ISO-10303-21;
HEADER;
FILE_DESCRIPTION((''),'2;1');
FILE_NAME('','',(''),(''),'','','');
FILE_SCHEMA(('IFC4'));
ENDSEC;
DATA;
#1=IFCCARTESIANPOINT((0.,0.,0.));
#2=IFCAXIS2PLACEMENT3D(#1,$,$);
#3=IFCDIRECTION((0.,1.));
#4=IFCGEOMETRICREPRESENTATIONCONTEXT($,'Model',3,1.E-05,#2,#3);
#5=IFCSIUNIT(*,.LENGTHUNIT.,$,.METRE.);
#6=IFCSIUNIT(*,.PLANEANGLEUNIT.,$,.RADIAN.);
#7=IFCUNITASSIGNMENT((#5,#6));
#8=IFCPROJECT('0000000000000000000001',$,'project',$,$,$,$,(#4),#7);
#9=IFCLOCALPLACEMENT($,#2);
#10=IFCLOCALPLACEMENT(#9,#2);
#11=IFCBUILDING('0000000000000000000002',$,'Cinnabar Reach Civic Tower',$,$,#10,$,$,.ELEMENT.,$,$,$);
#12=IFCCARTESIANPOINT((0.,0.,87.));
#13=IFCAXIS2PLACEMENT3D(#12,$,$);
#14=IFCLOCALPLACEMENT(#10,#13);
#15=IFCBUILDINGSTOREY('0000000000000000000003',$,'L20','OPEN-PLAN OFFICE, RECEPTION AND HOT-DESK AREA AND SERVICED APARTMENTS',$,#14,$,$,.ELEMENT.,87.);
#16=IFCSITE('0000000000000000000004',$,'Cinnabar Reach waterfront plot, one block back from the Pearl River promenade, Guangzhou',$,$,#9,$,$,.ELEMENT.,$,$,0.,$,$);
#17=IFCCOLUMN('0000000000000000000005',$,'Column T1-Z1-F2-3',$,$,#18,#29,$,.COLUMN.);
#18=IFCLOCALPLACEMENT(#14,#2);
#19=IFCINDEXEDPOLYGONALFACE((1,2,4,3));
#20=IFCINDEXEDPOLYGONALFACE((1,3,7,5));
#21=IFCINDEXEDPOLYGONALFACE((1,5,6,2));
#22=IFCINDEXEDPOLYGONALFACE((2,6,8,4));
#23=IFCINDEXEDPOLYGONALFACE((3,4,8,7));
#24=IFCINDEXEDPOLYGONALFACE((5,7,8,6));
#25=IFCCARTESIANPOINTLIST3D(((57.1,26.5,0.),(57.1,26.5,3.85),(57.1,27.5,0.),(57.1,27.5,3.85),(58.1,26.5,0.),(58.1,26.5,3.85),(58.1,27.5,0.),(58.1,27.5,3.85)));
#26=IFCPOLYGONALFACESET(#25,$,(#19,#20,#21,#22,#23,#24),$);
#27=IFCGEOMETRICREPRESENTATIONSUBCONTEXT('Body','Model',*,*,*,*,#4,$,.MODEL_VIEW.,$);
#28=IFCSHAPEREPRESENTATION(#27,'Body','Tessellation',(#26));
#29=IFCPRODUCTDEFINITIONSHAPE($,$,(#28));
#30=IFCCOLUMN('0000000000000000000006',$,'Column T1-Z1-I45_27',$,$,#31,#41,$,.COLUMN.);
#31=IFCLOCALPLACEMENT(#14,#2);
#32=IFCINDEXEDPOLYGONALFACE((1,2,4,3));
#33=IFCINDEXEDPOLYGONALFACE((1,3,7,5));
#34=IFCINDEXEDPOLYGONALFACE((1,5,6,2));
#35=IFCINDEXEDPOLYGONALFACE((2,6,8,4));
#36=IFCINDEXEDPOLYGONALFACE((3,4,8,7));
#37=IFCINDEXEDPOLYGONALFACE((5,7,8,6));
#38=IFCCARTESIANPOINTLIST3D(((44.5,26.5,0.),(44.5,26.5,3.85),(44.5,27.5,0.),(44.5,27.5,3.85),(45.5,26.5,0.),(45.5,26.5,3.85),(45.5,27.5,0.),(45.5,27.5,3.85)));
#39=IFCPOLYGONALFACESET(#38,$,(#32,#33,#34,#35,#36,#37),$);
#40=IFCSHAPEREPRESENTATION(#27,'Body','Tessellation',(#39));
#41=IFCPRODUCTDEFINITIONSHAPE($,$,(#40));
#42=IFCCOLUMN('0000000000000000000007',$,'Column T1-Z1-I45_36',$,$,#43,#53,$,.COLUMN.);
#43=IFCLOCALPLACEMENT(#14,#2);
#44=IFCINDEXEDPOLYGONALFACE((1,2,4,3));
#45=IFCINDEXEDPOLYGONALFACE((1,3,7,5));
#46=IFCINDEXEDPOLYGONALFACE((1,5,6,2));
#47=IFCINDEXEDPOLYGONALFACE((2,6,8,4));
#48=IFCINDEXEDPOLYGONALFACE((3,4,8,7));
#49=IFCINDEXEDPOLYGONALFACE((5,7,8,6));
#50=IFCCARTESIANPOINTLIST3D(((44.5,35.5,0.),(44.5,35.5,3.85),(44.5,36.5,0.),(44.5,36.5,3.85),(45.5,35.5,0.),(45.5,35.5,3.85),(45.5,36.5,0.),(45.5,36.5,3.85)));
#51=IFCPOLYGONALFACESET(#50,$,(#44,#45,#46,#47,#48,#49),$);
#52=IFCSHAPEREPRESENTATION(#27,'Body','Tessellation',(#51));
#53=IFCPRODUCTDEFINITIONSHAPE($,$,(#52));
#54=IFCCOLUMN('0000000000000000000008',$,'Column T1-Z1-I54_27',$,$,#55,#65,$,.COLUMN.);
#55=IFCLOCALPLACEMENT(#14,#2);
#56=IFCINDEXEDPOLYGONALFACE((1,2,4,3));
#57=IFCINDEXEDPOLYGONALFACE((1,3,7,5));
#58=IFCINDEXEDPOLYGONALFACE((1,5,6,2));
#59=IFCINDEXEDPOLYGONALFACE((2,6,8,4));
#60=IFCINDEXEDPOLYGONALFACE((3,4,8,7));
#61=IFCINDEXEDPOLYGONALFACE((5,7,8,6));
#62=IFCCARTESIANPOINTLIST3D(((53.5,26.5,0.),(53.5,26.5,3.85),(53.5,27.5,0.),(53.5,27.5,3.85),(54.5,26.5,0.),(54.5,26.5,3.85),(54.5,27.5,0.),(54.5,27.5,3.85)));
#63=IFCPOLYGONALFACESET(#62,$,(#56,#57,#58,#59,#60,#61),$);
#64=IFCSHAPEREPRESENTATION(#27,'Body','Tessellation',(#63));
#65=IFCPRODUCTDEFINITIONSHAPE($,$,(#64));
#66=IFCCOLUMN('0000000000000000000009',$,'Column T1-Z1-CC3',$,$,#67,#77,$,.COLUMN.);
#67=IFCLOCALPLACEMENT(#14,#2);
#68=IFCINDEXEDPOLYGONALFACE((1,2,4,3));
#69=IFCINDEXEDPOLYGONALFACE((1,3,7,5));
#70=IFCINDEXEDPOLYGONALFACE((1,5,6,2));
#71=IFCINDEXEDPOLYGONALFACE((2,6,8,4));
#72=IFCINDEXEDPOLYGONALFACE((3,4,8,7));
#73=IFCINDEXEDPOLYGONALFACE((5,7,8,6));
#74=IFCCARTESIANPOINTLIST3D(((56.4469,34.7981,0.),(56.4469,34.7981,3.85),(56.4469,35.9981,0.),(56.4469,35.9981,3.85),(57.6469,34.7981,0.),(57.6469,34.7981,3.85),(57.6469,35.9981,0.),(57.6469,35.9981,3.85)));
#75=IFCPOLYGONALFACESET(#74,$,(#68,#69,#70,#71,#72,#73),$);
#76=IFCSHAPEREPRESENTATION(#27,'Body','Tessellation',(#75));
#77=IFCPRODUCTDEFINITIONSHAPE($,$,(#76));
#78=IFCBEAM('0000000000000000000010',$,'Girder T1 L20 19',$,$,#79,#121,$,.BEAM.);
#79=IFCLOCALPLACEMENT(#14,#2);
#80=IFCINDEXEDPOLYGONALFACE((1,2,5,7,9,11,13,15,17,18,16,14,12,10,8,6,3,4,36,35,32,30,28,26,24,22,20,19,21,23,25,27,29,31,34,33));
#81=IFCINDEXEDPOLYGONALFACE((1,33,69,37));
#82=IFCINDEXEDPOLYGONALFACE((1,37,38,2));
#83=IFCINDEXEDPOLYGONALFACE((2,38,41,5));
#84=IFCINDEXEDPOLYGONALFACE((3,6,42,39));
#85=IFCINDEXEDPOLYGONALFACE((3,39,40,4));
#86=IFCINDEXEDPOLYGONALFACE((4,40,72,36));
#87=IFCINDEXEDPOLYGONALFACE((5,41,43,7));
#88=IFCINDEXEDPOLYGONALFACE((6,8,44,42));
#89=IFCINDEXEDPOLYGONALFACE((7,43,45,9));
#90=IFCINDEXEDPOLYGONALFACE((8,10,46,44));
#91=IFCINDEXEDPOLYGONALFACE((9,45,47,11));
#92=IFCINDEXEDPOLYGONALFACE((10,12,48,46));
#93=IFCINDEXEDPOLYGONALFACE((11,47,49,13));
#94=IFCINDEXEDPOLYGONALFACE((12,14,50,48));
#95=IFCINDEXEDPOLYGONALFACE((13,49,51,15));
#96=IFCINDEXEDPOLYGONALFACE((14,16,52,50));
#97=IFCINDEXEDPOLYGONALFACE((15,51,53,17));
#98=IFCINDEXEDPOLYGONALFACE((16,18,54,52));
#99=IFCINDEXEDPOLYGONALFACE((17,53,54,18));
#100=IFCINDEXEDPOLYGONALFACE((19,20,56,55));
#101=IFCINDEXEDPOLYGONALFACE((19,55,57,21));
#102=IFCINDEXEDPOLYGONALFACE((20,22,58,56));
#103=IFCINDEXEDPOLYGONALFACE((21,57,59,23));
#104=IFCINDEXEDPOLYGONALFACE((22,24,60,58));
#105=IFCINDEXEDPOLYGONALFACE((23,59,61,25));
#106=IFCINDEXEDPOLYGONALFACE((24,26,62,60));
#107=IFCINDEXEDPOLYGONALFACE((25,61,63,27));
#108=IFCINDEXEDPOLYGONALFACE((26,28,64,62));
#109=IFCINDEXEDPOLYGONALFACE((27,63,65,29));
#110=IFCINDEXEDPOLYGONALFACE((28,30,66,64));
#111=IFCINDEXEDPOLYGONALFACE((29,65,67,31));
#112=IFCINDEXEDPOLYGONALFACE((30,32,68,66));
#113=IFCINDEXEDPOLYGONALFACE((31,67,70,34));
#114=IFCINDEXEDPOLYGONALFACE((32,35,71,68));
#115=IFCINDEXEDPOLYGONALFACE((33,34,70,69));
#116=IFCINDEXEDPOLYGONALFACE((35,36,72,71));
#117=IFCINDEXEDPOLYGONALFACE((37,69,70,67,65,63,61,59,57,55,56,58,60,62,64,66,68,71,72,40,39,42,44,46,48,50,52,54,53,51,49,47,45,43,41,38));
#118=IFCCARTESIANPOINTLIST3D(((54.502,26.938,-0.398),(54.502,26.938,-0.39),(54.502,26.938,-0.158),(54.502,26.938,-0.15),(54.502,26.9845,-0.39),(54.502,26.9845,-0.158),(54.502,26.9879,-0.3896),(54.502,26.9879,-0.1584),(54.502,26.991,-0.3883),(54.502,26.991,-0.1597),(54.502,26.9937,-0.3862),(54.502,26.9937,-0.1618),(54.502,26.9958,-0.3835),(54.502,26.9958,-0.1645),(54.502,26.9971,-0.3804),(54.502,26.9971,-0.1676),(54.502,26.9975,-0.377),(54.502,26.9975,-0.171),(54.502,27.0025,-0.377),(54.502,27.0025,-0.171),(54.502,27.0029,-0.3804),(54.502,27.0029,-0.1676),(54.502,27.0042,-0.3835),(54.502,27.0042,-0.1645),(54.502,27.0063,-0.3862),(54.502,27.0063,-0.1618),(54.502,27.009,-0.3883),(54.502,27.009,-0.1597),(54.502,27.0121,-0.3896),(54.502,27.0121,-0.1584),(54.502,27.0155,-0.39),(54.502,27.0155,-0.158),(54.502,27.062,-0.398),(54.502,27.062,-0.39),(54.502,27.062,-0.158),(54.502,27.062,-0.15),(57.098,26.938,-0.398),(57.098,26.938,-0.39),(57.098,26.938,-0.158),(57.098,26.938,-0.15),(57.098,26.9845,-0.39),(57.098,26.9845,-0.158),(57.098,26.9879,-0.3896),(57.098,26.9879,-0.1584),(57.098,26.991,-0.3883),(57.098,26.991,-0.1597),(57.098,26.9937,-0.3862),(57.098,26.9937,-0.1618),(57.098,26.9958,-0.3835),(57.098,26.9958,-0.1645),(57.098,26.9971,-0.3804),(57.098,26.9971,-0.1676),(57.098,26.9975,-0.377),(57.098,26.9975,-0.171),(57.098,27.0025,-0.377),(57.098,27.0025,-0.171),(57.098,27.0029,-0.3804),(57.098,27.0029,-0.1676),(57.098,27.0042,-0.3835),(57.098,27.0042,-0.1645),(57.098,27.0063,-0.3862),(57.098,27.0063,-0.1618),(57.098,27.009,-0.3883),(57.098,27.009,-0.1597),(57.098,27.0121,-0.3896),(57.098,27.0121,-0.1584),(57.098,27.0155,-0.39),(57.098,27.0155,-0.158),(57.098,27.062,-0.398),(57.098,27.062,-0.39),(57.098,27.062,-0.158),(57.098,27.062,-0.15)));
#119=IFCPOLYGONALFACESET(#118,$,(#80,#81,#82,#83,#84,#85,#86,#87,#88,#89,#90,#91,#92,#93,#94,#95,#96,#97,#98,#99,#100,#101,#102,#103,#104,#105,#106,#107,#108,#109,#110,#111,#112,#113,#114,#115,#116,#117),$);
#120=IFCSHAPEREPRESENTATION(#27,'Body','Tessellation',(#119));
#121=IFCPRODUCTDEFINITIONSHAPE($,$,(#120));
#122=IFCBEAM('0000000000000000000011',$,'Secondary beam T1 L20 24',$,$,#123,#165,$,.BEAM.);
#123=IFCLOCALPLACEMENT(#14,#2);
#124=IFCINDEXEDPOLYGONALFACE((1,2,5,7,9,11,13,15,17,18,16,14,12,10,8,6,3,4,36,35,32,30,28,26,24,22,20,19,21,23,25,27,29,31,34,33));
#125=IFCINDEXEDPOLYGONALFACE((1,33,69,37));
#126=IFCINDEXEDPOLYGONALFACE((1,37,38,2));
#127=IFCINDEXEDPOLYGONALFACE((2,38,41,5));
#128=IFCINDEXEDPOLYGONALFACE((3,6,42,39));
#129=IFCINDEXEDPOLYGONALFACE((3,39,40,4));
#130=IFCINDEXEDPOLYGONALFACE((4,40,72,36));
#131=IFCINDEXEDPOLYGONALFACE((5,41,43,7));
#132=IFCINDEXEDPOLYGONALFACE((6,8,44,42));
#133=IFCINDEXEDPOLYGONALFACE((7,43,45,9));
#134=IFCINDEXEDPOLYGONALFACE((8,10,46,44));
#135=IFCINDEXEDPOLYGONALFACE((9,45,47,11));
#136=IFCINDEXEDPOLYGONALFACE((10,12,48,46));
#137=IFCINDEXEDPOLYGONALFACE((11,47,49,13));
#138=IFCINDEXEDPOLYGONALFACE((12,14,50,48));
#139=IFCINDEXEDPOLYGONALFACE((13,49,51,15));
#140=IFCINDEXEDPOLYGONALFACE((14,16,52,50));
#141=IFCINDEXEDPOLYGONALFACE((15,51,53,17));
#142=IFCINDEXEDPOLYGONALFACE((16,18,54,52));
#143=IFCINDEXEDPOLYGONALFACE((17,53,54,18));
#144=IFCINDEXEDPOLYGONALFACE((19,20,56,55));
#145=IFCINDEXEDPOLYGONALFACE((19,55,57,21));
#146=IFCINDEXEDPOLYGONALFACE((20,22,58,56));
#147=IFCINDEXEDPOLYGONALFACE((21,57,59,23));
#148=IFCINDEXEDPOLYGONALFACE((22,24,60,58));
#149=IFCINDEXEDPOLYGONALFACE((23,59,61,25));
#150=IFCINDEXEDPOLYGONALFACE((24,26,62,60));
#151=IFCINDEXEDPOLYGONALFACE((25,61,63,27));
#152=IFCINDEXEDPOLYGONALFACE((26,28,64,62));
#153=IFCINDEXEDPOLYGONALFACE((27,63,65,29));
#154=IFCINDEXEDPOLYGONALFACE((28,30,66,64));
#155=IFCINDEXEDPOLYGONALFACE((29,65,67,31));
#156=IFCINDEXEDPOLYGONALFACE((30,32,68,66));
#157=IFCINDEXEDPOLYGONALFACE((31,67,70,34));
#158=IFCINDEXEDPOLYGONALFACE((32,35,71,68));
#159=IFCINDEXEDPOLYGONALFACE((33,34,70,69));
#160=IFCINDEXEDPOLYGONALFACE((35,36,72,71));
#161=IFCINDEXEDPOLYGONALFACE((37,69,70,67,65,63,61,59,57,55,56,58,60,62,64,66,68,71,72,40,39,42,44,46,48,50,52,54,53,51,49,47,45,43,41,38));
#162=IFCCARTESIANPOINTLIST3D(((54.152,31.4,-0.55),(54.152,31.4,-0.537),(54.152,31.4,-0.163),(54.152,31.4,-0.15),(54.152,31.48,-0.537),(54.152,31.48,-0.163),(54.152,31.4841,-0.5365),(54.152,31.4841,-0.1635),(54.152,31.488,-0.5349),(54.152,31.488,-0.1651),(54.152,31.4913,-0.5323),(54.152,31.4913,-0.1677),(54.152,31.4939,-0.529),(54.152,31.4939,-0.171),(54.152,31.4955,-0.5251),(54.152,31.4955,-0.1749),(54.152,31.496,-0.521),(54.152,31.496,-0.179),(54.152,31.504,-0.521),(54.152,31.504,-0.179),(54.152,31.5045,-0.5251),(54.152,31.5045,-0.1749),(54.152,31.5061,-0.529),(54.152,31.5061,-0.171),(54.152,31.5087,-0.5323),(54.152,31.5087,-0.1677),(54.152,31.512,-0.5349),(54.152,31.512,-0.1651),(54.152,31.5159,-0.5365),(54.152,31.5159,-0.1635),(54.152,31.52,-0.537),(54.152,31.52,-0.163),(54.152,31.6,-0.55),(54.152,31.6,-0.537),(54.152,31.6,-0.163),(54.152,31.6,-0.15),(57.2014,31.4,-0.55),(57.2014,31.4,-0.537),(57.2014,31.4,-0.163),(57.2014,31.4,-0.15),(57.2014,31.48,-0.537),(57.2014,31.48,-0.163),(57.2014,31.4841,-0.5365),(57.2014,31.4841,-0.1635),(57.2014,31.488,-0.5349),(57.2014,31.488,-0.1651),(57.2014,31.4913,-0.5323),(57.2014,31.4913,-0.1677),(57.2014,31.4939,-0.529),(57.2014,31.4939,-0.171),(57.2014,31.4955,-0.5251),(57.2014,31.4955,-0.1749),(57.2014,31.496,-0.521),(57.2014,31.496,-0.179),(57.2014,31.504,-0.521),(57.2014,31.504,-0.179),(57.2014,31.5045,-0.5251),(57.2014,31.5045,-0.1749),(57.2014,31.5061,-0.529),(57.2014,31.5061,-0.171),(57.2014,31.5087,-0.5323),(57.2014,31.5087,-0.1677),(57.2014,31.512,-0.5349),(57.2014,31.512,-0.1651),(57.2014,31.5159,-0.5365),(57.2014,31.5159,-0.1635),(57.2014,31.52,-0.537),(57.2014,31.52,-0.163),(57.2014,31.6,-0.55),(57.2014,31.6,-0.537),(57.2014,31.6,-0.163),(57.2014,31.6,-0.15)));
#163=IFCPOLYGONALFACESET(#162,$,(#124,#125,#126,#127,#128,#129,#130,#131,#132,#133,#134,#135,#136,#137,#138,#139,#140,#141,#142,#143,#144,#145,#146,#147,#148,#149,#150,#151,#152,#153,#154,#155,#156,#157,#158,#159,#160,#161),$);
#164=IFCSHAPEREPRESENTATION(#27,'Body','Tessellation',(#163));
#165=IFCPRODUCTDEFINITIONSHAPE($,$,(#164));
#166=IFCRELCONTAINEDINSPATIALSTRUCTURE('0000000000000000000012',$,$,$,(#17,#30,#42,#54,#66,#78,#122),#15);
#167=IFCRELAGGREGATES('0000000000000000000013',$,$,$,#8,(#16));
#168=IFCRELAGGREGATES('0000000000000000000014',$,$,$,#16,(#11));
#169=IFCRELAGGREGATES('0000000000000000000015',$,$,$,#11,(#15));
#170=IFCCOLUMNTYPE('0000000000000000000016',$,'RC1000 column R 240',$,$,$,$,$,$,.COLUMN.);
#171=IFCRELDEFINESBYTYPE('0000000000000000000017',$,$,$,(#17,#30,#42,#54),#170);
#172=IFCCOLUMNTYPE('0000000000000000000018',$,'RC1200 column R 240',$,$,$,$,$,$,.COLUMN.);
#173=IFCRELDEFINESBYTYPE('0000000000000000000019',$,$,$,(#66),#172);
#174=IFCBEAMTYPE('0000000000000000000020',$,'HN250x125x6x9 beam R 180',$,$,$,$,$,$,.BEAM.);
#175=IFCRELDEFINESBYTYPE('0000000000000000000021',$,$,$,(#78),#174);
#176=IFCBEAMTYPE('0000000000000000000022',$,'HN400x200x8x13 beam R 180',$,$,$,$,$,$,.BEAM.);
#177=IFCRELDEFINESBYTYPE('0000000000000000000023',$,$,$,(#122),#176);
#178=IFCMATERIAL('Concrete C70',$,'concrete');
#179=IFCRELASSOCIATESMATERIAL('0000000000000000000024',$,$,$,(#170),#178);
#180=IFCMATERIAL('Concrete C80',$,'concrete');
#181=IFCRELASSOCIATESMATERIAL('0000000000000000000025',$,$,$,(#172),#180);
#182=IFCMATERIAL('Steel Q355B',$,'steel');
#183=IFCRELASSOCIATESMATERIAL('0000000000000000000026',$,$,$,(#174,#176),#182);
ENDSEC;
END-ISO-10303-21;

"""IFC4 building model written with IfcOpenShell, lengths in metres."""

from ifc_helpers import new_model, si_unit, direction, frame, origin, origin_2d, place, context, subcontext, project, spatial, rectangle, i_section, extrude, material, material_profile, profile_set, type_object, element, save


model = new_model("IFC4")

# Units and contexts
model_context = context("Model", 3, precision=1e-05, world=origin(), true_north=direction((0.0, 1.0)))
body_context = subcontext(model_context, "Body", "Model", "MODEL_VIEW")
ifc_project = project(units=[si_unit("LENGTHUNIT", "METRE"), si_unit("PLANEANGLEUNIT", "RADIAN")], contexts=[model_context])

# Site, building, storey
site_placement = place(None, origin())
site = spatial("IfcSite", under=ifc_project, at=site_placement, Name="Cinnabar Reach waterfront plot, one block back from the Pearl River promenade, Guangzhou", CompositionType="ELEMENT", RefElevation=0.0)
building_placement = place(site_placement, origin())
building = spatial("IfcBuilding", under=site, at=building_placement, Name="Cinnabar Reach Civic Tower", CompositionType="ELEMENT")
storey_placement = place(building_placement, frame((0.0, 0.0, 87.0)))
storey = spatial("IfcBuildingStorey", under=building, at=storey_placement, Name="L20", Description="OPEN-PLAN OFFICE, RECEPTION AND HOT-DESK AREA AND SERVICED APARTMENTS", CompositionType="ELEMENT", Elevation=87.0)

# Columns
ifc_material_1 = material(Name="Concrete C70", Category="concrete")
ifc_material_profile_1 = material_profile(ifc_material_1, rectangle(XDim=1.0, YDim=1.0, at=origin_2d()), Name="RC1000")
ifc_profile_set_1 = profile_set([ifc_material_profile_1], Name="Concrete C70")
column_type_1 = type_object("IfcColumnType", Name="RC1000 column R 240", PredefinedType="COLUMN", material=ifc_profile_set_1)
for number, where, z_axis, x_axis, name in (
    (1, (57.6, 27.0, 0.0), (0.0, 0.0, 1.0), (1.0, 0.0, 0.0), "Column T1-Z1-F2-3"),
    (2, (45.0, 27.0, 0.0), (0.0, 0.0, 1.0), (1.0, 0.0, 0.0), "Column T1-Z1-I45_27"),
    (3, (45.0, 36.0, 0.0), (0.0, 0.0, 1.0), (1.0, 0.0, 0.0), "Column T1-Z1-I45_36"),
    (4, (54.0, 27.0, 0.0), (0.0, 0.0, 1.0), (1.0, 0.0, 0.0), "Column T1-Z1-I54_27"),
):
    element("IfcColumn", number, at=place(storey_placement, frame(where, z_axis=z_axis, x_axis=x_axis)), inside=storey, type_object=column_type_1, Name=name, PredefinedType="COLUMN", context=body_context, shape_type="SweptSolid", body=[
        extrude(rectangle(XDim=1.0, YDim=1.0, at=origin_2d()), origin(), (0.0, 0.0, 1.0), 3.85),
    ])
ifc_material_2 = material(Name="Concrete C80", Category="concrete")
ifc_material_profile_2 = material_profile(ifc_material_2, rectangle(XDim=1.2, YDim=1.2, at=origin_2d()), Name="RC1200")
ifc_profile_set_2 = profile_set([ifc_material_profile_2], Name="Concrete C80")
column_type_2 = type_object("IfcColumnType", Name="RC1200 column R 240", PredefinedType="COLUMN", material=ifc_profile_set_2)
column_placement = place(storey_placement, frame((57.0469, 35.3981, 0.0), z_axis=(0.0, 0.0, 1.0), x_axis=(1.0, 0.0, 0.0)))
element("IfcColumn", 5, at=column_placement, inside=storey, type_object=column_type_2, Name="Column T1-Z1-CC3", PredefinedType="COLUMN", context=body_context, shape_type="SweptSolid", body=[
    extrude(rectangle(XDim=1.2, YDim=1.2, at=origin_2d()), origin(), (0.0, 0.0, 1.0), 3.85),
])

# Beams
ifc_material_3 = material(Name="Steel Q355B", Category="steel")
ifc_material_profile_3 = material_profile(ifc_material_3, i_section(OverallWidth=0.124, OverallDepth=0.248, WebThickness=0.005, FlangeThickness=0.008, FilletRadius=0.013, at=origin_2d()), Name="HN250x125x6x9")
ifc_profile_set_3 = profile_set([ifc_material_profile_3], Name="Steel Q355B")
beam_type_1 = type_object("IfcBeamType", Name="HN250x125x6x9 beam R 180", PredefinedType="BEAM", material=ifc_profile_set_3)
beam_1_placement = place(storey_placement, frame((54.502, 27.0, -0.274), z_axis=(1.0, 0.0, 0.0), x_axis=(0.0, 1.0, 0.0)))
element("IfcBeam", 6, at=beam_1_placement, inside=storey, type_object=beam_type_1, Name="Girder T1 L20 19", PredefinedType="BEAM", context=body_context, shape_type="SweptSolid", body=[
    extrude(i_section(OverallWidth=0.124, OverallDepth=0.248, WebThickness=0.005, FlangeThickness=0.008, FilletRadius=0.013, at=origin_2d()), origin(), (0.0, 0.0, 1.0), 2.596),
])
ifc_material_profile_4 = material_profile(ifc_material_3, i_section(OverallWidth=0.2, OverallDepth=0.4, WebThickness=0.008, FlangeThickness=0.013, FilletRadius=0.016, at=origin_2d()), Name="HN400x200x8x13")
ifc_profile_set_4 = profile_set([ifc_material_profile_4], Name="Steel Q355B")
beam_type_2 = type_object("IfcBeamType", Name="HN400x200x8x13 beam R 180", PredefinedType="BEAM", material=ifc_profile_set_4)
beam_2_placement = place(storey_placement, frame((54.152, 31.5, -0.35), z_axis=(1.0, 0.0, 0.0), x_axis=(0.0, 1.0, 0.0)))
element("IfcBeam", 7, at=beam_2_placement, inside=storey, type_object=beam_type_2, Name="Secondary beam T1 L20 24", PredefinedType="BEAM", context=body_context, shape_type="SweptSolid", body=[
    extrude(i_section(OverallWidth=0.2, OverallDepth=0.4, WebThickness=0.008, FlangeThickness=0.013, FilletRadius=0.016, at=origin_2d()), origin(), (0.0, 0.0, 1.0), 3.0494),
])

save(model, "model.ifc")
